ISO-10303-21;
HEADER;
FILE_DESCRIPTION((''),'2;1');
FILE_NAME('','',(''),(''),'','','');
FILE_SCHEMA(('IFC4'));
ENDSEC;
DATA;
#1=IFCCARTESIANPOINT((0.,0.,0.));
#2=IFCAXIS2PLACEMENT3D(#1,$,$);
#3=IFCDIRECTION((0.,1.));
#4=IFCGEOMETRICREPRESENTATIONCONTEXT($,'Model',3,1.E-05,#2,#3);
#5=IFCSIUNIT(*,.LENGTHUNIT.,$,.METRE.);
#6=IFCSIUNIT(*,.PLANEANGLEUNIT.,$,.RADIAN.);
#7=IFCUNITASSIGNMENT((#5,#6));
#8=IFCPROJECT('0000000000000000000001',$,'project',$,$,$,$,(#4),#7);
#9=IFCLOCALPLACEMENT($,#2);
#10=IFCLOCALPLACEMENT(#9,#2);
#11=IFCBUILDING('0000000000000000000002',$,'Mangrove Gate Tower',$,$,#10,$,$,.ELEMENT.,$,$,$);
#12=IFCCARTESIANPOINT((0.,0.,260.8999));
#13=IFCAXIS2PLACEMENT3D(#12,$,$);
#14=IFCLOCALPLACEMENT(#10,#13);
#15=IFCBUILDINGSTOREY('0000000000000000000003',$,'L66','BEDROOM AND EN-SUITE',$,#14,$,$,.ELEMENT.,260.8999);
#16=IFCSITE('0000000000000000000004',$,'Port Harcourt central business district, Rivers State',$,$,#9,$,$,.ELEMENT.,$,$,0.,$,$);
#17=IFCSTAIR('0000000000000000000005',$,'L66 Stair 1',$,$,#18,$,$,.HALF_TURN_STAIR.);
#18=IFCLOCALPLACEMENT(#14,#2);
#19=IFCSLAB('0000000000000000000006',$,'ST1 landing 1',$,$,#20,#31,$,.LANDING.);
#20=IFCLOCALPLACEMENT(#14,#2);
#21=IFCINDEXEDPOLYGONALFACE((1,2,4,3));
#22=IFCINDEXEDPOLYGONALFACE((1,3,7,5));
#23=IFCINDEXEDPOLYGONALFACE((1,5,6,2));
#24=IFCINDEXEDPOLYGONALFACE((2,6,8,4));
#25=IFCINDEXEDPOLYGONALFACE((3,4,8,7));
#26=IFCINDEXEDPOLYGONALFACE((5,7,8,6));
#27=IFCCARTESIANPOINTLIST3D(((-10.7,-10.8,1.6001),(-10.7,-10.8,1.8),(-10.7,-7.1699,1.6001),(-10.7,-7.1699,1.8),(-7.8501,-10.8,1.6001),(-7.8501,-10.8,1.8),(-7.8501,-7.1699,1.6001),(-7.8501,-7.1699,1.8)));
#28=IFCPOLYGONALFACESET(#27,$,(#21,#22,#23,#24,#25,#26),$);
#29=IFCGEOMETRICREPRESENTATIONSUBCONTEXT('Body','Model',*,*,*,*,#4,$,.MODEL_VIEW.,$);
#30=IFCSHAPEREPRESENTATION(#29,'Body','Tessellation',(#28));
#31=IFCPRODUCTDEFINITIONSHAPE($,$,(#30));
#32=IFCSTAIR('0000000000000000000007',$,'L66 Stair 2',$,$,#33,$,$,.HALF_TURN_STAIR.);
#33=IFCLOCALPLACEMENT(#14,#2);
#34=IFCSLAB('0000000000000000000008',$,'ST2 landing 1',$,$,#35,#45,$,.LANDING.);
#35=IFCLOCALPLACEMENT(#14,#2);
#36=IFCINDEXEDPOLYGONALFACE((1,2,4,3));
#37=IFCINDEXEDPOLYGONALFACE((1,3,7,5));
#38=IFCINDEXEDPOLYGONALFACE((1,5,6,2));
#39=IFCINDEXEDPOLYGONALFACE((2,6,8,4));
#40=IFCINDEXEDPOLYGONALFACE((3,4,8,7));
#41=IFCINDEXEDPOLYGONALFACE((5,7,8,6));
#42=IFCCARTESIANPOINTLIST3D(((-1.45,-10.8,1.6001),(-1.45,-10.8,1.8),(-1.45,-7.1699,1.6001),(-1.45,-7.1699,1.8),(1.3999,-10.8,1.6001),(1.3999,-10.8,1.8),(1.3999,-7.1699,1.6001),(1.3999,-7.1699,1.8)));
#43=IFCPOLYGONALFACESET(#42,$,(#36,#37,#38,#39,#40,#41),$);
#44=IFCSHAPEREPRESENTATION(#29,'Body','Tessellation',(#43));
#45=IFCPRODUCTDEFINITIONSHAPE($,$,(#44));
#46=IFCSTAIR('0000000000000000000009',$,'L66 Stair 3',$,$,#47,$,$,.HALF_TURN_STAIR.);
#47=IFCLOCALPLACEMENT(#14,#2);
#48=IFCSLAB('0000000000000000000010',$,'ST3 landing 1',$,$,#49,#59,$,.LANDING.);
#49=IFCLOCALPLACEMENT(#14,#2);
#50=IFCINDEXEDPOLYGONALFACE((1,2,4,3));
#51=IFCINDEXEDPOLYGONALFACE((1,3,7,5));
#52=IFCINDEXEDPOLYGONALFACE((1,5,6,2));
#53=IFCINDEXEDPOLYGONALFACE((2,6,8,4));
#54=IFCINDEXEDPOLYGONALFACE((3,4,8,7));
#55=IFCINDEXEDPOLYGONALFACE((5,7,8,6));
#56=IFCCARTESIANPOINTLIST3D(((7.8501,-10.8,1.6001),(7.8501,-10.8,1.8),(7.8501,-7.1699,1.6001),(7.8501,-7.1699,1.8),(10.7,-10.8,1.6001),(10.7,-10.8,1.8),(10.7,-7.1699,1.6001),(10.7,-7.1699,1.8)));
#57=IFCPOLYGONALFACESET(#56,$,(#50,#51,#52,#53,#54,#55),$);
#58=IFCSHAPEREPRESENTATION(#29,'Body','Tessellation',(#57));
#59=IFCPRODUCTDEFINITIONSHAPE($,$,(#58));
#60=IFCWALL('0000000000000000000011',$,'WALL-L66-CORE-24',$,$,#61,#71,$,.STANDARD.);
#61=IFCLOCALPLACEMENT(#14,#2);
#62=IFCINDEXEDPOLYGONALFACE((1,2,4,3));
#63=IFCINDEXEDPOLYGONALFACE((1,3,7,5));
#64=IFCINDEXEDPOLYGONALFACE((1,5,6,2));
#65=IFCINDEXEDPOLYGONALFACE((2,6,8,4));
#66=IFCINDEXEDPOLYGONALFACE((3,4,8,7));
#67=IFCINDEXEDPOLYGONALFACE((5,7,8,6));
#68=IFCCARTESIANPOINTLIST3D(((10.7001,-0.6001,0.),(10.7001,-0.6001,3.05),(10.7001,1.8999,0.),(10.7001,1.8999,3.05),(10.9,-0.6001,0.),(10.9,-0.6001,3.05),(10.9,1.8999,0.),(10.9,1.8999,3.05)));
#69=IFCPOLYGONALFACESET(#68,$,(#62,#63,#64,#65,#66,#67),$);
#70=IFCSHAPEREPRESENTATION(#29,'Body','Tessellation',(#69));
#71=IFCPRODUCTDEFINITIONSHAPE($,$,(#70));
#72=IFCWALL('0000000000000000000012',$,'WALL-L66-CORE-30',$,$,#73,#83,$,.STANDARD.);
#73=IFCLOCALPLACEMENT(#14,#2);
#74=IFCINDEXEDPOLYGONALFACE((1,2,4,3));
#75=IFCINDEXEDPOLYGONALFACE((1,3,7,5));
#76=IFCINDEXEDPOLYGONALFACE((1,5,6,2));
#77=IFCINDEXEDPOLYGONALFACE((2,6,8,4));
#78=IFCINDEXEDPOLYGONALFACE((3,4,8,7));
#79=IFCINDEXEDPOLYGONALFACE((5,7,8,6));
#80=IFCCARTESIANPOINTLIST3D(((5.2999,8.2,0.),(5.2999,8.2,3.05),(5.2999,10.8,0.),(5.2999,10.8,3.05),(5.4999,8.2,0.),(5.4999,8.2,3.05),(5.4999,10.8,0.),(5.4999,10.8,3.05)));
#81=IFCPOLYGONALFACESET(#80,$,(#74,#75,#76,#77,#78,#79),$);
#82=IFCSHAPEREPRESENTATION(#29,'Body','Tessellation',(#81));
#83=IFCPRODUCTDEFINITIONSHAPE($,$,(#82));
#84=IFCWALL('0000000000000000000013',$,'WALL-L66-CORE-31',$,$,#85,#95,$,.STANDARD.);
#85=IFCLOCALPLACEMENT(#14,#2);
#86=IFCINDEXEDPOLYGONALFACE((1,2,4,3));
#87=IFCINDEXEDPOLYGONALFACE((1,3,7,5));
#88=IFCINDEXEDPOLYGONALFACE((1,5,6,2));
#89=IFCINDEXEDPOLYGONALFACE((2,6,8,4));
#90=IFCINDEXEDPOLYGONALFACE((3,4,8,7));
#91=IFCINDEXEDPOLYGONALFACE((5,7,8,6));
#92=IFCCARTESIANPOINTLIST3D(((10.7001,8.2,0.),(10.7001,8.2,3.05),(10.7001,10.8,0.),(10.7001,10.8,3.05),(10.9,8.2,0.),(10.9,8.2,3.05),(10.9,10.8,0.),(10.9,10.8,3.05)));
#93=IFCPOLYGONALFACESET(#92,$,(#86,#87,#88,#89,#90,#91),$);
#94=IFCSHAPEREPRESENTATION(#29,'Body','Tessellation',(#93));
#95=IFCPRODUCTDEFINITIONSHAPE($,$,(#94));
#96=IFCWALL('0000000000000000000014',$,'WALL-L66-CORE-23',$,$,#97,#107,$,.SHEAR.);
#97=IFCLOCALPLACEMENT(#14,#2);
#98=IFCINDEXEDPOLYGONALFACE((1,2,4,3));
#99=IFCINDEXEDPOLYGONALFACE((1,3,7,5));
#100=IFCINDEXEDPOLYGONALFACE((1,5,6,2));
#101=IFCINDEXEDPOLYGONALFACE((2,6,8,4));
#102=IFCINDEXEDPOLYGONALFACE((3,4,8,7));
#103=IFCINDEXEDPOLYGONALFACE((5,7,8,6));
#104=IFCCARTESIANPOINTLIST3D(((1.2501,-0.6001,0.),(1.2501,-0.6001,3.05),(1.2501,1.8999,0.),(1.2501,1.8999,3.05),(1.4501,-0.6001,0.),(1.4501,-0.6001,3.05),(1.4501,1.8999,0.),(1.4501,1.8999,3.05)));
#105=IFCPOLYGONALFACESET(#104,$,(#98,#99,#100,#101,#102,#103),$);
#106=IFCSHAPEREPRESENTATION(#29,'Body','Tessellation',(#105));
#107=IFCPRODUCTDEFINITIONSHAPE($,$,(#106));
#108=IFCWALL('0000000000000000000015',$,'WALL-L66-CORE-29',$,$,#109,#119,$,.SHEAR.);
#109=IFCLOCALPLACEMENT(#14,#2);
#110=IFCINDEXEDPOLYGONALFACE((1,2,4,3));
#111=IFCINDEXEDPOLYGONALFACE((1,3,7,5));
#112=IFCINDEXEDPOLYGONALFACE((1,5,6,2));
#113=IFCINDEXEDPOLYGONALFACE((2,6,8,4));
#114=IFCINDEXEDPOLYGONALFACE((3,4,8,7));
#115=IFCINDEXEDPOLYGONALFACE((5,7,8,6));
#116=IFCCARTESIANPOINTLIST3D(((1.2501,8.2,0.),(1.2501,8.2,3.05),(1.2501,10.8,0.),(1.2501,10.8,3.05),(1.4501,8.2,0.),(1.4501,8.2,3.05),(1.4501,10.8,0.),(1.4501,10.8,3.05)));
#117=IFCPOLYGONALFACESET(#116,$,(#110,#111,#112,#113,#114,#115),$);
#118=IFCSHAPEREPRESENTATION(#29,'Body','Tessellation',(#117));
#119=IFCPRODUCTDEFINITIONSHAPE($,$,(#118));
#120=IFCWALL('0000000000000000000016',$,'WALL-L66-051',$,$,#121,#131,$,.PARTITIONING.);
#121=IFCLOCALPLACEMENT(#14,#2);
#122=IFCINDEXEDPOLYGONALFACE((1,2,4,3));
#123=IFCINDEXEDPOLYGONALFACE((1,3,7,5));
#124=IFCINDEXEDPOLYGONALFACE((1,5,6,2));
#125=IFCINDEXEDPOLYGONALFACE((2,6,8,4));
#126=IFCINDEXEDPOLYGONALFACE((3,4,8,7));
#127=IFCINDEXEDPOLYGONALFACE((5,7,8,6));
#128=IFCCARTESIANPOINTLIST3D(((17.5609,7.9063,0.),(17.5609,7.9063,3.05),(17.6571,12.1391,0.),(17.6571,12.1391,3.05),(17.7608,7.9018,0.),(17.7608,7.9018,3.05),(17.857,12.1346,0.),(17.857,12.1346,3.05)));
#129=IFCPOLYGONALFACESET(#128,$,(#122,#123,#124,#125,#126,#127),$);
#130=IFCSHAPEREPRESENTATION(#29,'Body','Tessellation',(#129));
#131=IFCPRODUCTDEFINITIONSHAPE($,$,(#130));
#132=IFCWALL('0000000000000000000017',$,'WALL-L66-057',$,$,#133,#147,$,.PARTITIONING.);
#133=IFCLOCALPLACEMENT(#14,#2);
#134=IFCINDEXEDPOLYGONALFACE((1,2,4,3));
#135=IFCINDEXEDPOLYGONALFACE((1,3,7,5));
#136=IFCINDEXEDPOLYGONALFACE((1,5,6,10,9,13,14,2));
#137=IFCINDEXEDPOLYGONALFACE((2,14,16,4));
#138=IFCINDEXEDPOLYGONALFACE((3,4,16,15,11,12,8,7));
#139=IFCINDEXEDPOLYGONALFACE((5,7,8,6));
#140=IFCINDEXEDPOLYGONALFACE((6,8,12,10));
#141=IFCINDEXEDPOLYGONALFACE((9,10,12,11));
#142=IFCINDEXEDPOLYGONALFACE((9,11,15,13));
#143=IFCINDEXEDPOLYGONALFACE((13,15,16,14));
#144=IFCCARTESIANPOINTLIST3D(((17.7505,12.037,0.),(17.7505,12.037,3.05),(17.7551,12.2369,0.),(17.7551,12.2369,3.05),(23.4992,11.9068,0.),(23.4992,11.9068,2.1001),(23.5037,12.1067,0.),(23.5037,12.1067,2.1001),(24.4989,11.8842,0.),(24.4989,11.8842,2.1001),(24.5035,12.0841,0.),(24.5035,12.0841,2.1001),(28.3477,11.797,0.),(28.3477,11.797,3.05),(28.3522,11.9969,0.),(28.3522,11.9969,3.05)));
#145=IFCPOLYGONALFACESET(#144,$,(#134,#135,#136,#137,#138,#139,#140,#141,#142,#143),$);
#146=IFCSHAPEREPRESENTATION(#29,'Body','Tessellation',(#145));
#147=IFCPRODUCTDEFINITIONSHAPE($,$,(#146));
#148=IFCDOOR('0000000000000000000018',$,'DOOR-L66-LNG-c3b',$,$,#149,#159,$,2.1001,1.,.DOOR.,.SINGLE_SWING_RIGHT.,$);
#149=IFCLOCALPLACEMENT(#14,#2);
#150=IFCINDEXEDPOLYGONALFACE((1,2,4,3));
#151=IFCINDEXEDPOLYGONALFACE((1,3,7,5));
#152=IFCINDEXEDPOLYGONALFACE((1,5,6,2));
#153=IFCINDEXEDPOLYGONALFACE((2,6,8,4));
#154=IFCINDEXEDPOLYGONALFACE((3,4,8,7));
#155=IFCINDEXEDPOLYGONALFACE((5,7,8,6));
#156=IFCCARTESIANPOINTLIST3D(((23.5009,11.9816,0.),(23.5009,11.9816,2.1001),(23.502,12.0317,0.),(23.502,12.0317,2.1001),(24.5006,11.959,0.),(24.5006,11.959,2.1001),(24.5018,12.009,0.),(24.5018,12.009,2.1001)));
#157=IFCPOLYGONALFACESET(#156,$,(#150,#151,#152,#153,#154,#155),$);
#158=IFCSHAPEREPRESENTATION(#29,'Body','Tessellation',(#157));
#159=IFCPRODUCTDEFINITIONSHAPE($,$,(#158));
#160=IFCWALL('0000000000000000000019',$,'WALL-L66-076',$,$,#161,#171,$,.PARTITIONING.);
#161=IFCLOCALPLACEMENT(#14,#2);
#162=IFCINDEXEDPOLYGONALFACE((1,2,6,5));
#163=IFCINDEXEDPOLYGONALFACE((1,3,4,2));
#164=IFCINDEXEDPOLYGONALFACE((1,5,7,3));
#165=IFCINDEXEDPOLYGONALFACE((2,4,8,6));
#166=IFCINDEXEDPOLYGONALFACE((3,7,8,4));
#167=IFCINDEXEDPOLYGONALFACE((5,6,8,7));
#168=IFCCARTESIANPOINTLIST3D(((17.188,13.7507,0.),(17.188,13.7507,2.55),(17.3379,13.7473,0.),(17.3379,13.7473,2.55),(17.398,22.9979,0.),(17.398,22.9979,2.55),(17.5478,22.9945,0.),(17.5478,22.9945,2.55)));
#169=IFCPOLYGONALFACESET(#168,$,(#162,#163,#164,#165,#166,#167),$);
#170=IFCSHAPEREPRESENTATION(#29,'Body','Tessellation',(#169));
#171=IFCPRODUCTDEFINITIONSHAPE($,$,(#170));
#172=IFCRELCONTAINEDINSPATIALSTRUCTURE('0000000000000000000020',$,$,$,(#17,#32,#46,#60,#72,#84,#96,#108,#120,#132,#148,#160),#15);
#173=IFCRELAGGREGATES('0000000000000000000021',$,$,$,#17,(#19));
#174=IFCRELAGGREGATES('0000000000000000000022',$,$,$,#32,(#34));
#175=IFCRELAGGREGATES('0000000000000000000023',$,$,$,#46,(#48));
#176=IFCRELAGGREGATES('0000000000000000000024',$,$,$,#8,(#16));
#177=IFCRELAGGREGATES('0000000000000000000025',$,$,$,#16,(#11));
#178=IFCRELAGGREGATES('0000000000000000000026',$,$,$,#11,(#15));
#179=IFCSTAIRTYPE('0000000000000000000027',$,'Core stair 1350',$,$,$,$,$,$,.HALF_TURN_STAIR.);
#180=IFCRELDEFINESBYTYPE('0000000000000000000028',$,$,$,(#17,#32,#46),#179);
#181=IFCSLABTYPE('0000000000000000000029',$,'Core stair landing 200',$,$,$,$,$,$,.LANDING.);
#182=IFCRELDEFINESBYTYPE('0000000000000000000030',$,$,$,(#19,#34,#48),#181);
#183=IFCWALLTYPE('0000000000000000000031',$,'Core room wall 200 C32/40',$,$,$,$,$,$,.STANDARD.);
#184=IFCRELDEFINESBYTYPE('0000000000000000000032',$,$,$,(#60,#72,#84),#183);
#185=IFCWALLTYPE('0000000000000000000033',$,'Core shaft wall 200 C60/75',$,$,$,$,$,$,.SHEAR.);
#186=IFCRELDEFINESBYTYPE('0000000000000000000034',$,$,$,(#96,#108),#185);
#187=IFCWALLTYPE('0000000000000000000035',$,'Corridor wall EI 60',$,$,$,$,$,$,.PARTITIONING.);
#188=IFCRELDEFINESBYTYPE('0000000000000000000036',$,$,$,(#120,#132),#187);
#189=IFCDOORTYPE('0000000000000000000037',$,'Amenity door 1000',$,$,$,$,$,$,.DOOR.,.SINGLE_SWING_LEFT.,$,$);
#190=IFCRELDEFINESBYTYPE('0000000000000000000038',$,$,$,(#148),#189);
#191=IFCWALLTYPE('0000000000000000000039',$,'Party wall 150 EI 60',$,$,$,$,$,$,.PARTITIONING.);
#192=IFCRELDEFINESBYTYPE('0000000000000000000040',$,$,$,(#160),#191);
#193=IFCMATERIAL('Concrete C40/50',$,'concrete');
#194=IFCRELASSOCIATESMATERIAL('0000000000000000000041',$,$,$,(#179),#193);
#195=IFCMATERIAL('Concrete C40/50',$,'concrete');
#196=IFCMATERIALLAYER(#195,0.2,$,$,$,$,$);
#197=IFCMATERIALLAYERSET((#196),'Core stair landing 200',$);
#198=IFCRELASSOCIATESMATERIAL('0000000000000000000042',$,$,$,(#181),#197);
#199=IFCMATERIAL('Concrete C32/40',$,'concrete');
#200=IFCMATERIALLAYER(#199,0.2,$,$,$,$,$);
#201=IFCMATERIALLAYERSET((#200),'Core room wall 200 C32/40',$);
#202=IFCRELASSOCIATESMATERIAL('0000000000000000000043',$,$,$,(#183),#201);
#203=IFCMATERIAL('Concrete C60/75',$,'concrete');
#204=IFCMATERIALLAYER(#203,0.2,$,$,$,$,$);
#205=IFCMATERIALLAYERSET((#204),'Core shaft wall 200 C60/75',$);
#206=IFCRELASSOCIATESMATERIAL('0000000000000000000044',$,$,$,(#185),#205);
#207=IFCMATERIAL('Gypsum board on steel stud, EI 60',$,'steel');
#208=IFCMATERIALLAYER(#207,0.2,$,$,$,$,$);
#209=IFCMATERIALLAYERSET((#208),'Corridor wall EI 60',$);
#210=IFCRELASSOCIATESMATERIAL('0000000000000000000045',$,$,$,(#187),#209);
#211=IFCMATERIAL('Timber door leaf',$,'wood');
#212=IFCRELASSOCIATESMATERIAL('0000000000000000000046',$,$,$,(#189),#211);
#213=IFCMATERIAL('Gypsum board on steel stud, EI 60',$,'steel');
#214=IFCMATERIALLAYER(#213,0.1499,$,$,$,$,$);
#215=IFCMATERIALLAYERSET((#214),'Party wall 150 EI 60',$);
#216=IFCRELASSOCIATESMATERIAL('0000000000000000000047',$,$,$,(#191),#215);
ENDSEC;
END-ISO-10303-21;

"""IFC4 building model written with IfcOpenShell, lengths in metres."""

from ifc_helpers import new_model, si_unit, direction, frame, frame_2d, origin, place, context, subcontext, project, spatial, polyline, rectangle, outline, extrude, material, layer, layer_set, type_object, element, fill, aggregate, save


model = new_model("IFC4")

# Units and contexts
model_context = context("Model", 3, precision=1e-05, world=origin(), true_north=direction((0.0, 1.0)))
body_context = subcontext(model_context, "Body", "Model", "MODEL_VIEW")
ifc_project = project(units=[si_unit("LENGTHUNIT", "METRE"), si_unit("PLANEANGLEUNIT", "RADIAN")], contexts=[model_context])

# Site, building, storey
site_placement = place(None, origin())
site = spatial("IfcSite", under=ifc_project, at=site_placement, Name="Port Harcourt central business district, Rivers State", CompositionType="ELEMENT", RefElevation=0.0)
building_placement = place(site_placement, origin())
building = spatial("IfcBuilding", under=site, at=building_placement, Name="Mangrove Gate Tower", CompositionType="ELEMENT")
storey_placement = place(building_placement, frame((0.0, 0.0, 260.8999)))
storey = spatial("IfcBuildingStorey", under=building, at=storey_placement, Name="L66", Description="BEDROOM AND EN-SUITE", CompositionType="ELEMENT", Elevation=260.8999)

# Stairs, slabs
ifc_material_1 = material(Name="Concrete C40/50", Category="concrete")
stair_type = type_object("IfcStairType", Name="Core stair 1350", PredefinedType="HALF_TURN_STAIR", material=ifc_material_1)
stair_1_placement = place(storey_placement, origin())
stair_1 = element("IfcStair", 1, at=stair_1_placement, inside=storey, type_object=stair_type, Name="L66 Stair 1", PredefinedType="HALF_TURN_STAIR")
ifc_material_2 = material(Name="Concrete C40/50", Category="concrete")
ifc_layer_1 = layer(ifc_material_2, 0.2)
ifc_layer_set_1 = layer_set([ifc_layer_1], Name="Core stair landing 200")
slab_type_1 = type_object("IfcSlabType", Name="Core stair landing 200", PredefinedType="LANDING", material=ifc_layer_set_1)
slab_1_placement = place(storey_placement, frame((0.0, 0.0, 1.6001)))
slab_1 = element("IfcSlab", 2, at=slab_1_placement, type_object=slab_type_1, Name="ST1 landing 1", PredefinedType="LANDING", context=body_context, shape_type="SweptSolid", body=[
    extrude(outline(polyline([(-10.7, -7.1699), (-10.7, -10.8), (-7.8501, -10.8), (-7.8501, -7.1699), (-10.7, -7.1699)])), origin(), (0.0, 0.0, 1.0), 0.2),
])
aggregate(stair_1, [slab_1])
stair_2_placement = place(storey_placement, origin())
stair_2 = element("IfcStair", 3, at=stair_2_placement, inside=storey, type_object=stair_type, Name="L66 Stair 2", PredefinedType="HALF_TURN_STAIR")
slab_2_placement = place(storey_placement, frame((0.0, 0.0, 1.6001)))
slab_2 = element("IfcSlab", 4, at=slab_2_placement, type_object=slab_type_1, Name="ST2 landing 1", PredefinedType="LANDING", context=body_context, shape_type="SweptSolid", body=[
    extrude(outline(polyline([(-1.45, -7.1699), (-1.45, -10.8), (1.3999, -10.8), (1.3999, -7.1699), (-1.45, -7.1699)])), origin(), (0.0, 0.0, 1.0), 0.2),
])
aggregate(stair_2, [slab_2])
stair_3_placement = place(storey_placement, origin())
stair_3 = element("IfcStair", 5, at=stair_3_placement, inside=storey, type_object=stair_type, Name="L66 Stair 3", PredefinedType="HALF_TURN_STAIR")
slab_3_placement = place(storey_placement, frame((0.0, 0.0, 1.6001)))
slab_3 = element("IfcSlab", 6, at=slab_3_placement, type_object=slab_type_1, Name="ST3 landing 1", PredefinedType="LANDING", context=body_context, shape_type="SweptSolid", body=[
    extrude(outline(polyline([(7.8501, -7.1699), (7.8501, -10.8), (10.7, -10.8), (10.7, -7.1699), (7.8501, -7.1699)])), origin(), (0.0, 0.0, 1.0), 0.2),
])
aggregate(stair_3, [slab_3])

# Walls
ifc_material_3 = material(Name="Concrete C32/40", Category="concrete")
ifc_layer_2 = layer(ifc_material_3, 0.2)
ifc_layer_set_2 = layer_set([ifc_layer_2], Name="Core room wall 200 C32/40")
wall_type_1 = type_object("IfcWallType", Name="Core room wall 200 C32/40", PredefinedType="STANDARD", material=ifc_layer_set_2)
wall_1_placement = place(storey_placement, frame((10.8, -0.6001, 0.0), z_axis=(0.0, 0.0, 1.0), x_axis=(0.0, 1.0, 0.0)))
element("IfcWall", 7, at=wall_1_placement, inside=storey, type_object=wall_type_1, Name="WALL-L66-CORE-24", PredefinedType="STANDARD", context=body_context, shape_type="SweptSolid", body=[
    extrude(rectangle(XDim=2.5, YDim=0.2, at=frame_2d((1.25, 0.0))), origin(), (0.0, 0.0, 1.0), 3.05),
])
for number, where, z_axis, x_axis, name in (
    (8, (5.3999, 8.2, 0.0), (0.0, 0.0, 1.0), (0.0, 1.0, 0.0), "WALL-L66-CORE-30"),
    (9, (10.8, 8.2, 0.0), (0.0, 0.0, 1.0), (0.0, 1.0, 0.0), "WALL-L66-CORE-31"),
):
    element("IfcWall", number, at=place(storey_placement, frame(where, z_axis=z_axis, x_axis=x_axis)), inside=storey, type_object=wall_type_1, Name=name, PredefinedType="STANDARD", context=body_context, shape_type="SweptSolid", body=[
        extrude(rectangle(XDim=2.6001, YDim=0.2, at=frame_2d((1.3, 0.0))), origin(), (0.0, 0.0, 1.0), 3.05),
    ])
ifc_material_4 = material(Name="Concrete C60/75", Category="concrete")
ifc_layer_3 = layer(ifc_material_4, 0.2)
ifc_layer_set_3 = layer_set([ifc_layer_3], Name="Core shaft wall 200 C60/75")
wall_type_2 = type_object("IfcWallType", Name="Core shaft wall 200 C60/75", PredefinedType="SHEAR", material=ifc_layer_set_3)
wall_2_placement = place(storey_placement, frame((1.3501, -0.6001, 0.0), z_axis=(0.0, 0.0, 1.0), x_axis=(0.0, 1.0, 0.0)))
element("IfcWall", 10, at=wall_2_placement, inside=storey, type_object=wall_type_2, Name="WALL-L66-CORE-23", PredefinedType="SHEAR", context=body_context, shape_type="SweptSolid", body=[
    extrude(rectangle(XDim=2.5, YDim=0.2, at=frame_2d((1.25, 0.0))), origin(), (0.0, 0.0, 1.0), 3.05),
])
wall_3_placement = place(storey_placement, frame((1.3501, 8.2, 0.0), z_axis=(0.0, 0.0, 1.0), x_axis=(0.0, 1.0, 0.0)))
element("IfcWall", 11, at=wall_3_placement, inside=storey, type_object=wall_type_2, Name="WALL-L66-CORE-29", PredefinedType="SHEAR", context=body_context, shape_type="SweptSolid", body=[
    extrude(rectangle(XDim=2.6001, YDim=0.2, at=frame_2d((1.3, 0.0))), origin(), (0.0, 0.0, 1.0), 3.05),
])
ifc_material_5 = material(Name="Gypsum board on steel stud, EI 60", Category="steel")
ifc_layer_4 = layer(ifc_material_5, 0.2)
ifc_layer_set_4 = layer_set([ifc_layer_4], Name="Corridor wall EI 60")
wall_type_3 = type_object("IfcWallType", Name="Corridor wall EI 60", PredefinedType="PARTITIONING", material=ifc_layer_set_4)
wall_4_placement = place(storey_placement, frame((17.6609, 7.9041, 0.0), z_axis=(0.0, 0.0, 1.0), x_axis=(0.022719, 0.999742, 0.0)))
element("IfcWall", 12, at=wall_4_placement, inside=storey, type_object=wall_type_3, Name="WALL-L66-051", PredefinedType="PARTITIONING", context=body_context, shape_type="SweptSolid", body=[
    extrude(rectangle(XDim=4.2339, YDim=0.2, at=frame_2d((2.1169, 0.0))), origin(), (0.0, 0.0, 1.0), 3.05),
])

# Wall, opening, door
wall_5_placement = place(storey_placement, frame((17.7529, 12.137, 0.0), z_axis=(0.0, 0.0, 1.0), x_axis=(0.999744, -0.022641, 0.0)))
wall_5 = element("IfcWall", 13, at=wall_5_placement, inside=storey, type_object=wall_type_3, Name="WALL-L66-057", PredefinedType="PARTITIONING", context=body_context, shape_type="SweptSolid", body=[
    extrude(rectangle(XDim=10.5999, YDim=0.2, at=frame_2d((5.2998, 0.0))), origin(), (0.0, 0.0, 1.0), 3.05),
])
opening_placement = place(wall_5_placement, frame((5.75, 0.0, 0.0)))
opening = element("IfcOpeningElement", 14, at=opening_placement, cuts=wall_5, PredefinedType="OPENING", context=body_context, shape_type="SweptSolid", body=[
    extrude(rectangle(XDim=1.0, YDim=2.1001, at=frame_2d((0.5, 1.05))), frame((0.0, 0.1099, 0.0), z_axis=(0.0, -1.0, 0.0), x_axis=(1.0, 0.0, 0.0)), (0.0, 0.0, 1.0), 0.22),
])
ifc_material_6 = material(Name="Timber door leaf", Category="wood")
door_type = type_object("IfcDoorType", Name="Amenity door 1000", OperationType="SINGLE_SWING_LEFT", PredefinedType="DOOR", material=ifc_material_6)
door_placement = place(opening_placement, origin())
door = element("IfcDoor", 15, at=door_placement, inside=storey, type_object=door_type, Name="DOOR-L66-LNG-c3b", OperationType="SINGLE_SWING_RIGHT", OverallHeight=2.1001, OverallWidth=1.0, PredefinedType="DOOR", context=body_context, shape_type="SweptSolid", body=[
    extrude(rectangle(XDim=1.0, YDim=2.1001, at=frame_2d((0.5, 1.05))), frame((0.0, 0.0249, 0.0), z_axis=(0.0, -1.0, 0.0), x_axis=(1.0, 0.0, 0.0)), (0.0, 0.0, 1.0), 0.05),
])
fill(opening, door)

# Wall
ifc_material_7 = material(Name="Gypsum board on steel stud, EI 60", Category="steel")
ifc_layer_5 = layer(ifc_material_7, 0.1499)
ifc_layer_set_5 = layer_set([ifc_layer_5], Name="Party wall 150 EI 60")
wall_type_4 = type_object("IfcWallType", Name="Party wall 150 EI 60", PredefinedType="PARTITIONING", material=ifc_layer_set_5)
wall_6_placement = place(storey_placement, frame((17.2629, 13.749, 0.0), z_axis=(0.0, 0.0, 1.0), x_axis=(0.0227, 0.999742, 0.0)))
element("IfcWall", 16, at=wall_6_placement, inside=storey, type_object=wall_type_4, Name="WALL-L66-076", PredefinedType="PARTITIONING", context=body_context, shape_type="SweptSolid", body=[
    extrude(rectangle(XDim=9.2495, YDim=0.1499, at=frame_2d((4.6248, 0.0))), origin(), (0.0, 0.0, 1.0), 2.55),
])

save(model, "model.ifc")
